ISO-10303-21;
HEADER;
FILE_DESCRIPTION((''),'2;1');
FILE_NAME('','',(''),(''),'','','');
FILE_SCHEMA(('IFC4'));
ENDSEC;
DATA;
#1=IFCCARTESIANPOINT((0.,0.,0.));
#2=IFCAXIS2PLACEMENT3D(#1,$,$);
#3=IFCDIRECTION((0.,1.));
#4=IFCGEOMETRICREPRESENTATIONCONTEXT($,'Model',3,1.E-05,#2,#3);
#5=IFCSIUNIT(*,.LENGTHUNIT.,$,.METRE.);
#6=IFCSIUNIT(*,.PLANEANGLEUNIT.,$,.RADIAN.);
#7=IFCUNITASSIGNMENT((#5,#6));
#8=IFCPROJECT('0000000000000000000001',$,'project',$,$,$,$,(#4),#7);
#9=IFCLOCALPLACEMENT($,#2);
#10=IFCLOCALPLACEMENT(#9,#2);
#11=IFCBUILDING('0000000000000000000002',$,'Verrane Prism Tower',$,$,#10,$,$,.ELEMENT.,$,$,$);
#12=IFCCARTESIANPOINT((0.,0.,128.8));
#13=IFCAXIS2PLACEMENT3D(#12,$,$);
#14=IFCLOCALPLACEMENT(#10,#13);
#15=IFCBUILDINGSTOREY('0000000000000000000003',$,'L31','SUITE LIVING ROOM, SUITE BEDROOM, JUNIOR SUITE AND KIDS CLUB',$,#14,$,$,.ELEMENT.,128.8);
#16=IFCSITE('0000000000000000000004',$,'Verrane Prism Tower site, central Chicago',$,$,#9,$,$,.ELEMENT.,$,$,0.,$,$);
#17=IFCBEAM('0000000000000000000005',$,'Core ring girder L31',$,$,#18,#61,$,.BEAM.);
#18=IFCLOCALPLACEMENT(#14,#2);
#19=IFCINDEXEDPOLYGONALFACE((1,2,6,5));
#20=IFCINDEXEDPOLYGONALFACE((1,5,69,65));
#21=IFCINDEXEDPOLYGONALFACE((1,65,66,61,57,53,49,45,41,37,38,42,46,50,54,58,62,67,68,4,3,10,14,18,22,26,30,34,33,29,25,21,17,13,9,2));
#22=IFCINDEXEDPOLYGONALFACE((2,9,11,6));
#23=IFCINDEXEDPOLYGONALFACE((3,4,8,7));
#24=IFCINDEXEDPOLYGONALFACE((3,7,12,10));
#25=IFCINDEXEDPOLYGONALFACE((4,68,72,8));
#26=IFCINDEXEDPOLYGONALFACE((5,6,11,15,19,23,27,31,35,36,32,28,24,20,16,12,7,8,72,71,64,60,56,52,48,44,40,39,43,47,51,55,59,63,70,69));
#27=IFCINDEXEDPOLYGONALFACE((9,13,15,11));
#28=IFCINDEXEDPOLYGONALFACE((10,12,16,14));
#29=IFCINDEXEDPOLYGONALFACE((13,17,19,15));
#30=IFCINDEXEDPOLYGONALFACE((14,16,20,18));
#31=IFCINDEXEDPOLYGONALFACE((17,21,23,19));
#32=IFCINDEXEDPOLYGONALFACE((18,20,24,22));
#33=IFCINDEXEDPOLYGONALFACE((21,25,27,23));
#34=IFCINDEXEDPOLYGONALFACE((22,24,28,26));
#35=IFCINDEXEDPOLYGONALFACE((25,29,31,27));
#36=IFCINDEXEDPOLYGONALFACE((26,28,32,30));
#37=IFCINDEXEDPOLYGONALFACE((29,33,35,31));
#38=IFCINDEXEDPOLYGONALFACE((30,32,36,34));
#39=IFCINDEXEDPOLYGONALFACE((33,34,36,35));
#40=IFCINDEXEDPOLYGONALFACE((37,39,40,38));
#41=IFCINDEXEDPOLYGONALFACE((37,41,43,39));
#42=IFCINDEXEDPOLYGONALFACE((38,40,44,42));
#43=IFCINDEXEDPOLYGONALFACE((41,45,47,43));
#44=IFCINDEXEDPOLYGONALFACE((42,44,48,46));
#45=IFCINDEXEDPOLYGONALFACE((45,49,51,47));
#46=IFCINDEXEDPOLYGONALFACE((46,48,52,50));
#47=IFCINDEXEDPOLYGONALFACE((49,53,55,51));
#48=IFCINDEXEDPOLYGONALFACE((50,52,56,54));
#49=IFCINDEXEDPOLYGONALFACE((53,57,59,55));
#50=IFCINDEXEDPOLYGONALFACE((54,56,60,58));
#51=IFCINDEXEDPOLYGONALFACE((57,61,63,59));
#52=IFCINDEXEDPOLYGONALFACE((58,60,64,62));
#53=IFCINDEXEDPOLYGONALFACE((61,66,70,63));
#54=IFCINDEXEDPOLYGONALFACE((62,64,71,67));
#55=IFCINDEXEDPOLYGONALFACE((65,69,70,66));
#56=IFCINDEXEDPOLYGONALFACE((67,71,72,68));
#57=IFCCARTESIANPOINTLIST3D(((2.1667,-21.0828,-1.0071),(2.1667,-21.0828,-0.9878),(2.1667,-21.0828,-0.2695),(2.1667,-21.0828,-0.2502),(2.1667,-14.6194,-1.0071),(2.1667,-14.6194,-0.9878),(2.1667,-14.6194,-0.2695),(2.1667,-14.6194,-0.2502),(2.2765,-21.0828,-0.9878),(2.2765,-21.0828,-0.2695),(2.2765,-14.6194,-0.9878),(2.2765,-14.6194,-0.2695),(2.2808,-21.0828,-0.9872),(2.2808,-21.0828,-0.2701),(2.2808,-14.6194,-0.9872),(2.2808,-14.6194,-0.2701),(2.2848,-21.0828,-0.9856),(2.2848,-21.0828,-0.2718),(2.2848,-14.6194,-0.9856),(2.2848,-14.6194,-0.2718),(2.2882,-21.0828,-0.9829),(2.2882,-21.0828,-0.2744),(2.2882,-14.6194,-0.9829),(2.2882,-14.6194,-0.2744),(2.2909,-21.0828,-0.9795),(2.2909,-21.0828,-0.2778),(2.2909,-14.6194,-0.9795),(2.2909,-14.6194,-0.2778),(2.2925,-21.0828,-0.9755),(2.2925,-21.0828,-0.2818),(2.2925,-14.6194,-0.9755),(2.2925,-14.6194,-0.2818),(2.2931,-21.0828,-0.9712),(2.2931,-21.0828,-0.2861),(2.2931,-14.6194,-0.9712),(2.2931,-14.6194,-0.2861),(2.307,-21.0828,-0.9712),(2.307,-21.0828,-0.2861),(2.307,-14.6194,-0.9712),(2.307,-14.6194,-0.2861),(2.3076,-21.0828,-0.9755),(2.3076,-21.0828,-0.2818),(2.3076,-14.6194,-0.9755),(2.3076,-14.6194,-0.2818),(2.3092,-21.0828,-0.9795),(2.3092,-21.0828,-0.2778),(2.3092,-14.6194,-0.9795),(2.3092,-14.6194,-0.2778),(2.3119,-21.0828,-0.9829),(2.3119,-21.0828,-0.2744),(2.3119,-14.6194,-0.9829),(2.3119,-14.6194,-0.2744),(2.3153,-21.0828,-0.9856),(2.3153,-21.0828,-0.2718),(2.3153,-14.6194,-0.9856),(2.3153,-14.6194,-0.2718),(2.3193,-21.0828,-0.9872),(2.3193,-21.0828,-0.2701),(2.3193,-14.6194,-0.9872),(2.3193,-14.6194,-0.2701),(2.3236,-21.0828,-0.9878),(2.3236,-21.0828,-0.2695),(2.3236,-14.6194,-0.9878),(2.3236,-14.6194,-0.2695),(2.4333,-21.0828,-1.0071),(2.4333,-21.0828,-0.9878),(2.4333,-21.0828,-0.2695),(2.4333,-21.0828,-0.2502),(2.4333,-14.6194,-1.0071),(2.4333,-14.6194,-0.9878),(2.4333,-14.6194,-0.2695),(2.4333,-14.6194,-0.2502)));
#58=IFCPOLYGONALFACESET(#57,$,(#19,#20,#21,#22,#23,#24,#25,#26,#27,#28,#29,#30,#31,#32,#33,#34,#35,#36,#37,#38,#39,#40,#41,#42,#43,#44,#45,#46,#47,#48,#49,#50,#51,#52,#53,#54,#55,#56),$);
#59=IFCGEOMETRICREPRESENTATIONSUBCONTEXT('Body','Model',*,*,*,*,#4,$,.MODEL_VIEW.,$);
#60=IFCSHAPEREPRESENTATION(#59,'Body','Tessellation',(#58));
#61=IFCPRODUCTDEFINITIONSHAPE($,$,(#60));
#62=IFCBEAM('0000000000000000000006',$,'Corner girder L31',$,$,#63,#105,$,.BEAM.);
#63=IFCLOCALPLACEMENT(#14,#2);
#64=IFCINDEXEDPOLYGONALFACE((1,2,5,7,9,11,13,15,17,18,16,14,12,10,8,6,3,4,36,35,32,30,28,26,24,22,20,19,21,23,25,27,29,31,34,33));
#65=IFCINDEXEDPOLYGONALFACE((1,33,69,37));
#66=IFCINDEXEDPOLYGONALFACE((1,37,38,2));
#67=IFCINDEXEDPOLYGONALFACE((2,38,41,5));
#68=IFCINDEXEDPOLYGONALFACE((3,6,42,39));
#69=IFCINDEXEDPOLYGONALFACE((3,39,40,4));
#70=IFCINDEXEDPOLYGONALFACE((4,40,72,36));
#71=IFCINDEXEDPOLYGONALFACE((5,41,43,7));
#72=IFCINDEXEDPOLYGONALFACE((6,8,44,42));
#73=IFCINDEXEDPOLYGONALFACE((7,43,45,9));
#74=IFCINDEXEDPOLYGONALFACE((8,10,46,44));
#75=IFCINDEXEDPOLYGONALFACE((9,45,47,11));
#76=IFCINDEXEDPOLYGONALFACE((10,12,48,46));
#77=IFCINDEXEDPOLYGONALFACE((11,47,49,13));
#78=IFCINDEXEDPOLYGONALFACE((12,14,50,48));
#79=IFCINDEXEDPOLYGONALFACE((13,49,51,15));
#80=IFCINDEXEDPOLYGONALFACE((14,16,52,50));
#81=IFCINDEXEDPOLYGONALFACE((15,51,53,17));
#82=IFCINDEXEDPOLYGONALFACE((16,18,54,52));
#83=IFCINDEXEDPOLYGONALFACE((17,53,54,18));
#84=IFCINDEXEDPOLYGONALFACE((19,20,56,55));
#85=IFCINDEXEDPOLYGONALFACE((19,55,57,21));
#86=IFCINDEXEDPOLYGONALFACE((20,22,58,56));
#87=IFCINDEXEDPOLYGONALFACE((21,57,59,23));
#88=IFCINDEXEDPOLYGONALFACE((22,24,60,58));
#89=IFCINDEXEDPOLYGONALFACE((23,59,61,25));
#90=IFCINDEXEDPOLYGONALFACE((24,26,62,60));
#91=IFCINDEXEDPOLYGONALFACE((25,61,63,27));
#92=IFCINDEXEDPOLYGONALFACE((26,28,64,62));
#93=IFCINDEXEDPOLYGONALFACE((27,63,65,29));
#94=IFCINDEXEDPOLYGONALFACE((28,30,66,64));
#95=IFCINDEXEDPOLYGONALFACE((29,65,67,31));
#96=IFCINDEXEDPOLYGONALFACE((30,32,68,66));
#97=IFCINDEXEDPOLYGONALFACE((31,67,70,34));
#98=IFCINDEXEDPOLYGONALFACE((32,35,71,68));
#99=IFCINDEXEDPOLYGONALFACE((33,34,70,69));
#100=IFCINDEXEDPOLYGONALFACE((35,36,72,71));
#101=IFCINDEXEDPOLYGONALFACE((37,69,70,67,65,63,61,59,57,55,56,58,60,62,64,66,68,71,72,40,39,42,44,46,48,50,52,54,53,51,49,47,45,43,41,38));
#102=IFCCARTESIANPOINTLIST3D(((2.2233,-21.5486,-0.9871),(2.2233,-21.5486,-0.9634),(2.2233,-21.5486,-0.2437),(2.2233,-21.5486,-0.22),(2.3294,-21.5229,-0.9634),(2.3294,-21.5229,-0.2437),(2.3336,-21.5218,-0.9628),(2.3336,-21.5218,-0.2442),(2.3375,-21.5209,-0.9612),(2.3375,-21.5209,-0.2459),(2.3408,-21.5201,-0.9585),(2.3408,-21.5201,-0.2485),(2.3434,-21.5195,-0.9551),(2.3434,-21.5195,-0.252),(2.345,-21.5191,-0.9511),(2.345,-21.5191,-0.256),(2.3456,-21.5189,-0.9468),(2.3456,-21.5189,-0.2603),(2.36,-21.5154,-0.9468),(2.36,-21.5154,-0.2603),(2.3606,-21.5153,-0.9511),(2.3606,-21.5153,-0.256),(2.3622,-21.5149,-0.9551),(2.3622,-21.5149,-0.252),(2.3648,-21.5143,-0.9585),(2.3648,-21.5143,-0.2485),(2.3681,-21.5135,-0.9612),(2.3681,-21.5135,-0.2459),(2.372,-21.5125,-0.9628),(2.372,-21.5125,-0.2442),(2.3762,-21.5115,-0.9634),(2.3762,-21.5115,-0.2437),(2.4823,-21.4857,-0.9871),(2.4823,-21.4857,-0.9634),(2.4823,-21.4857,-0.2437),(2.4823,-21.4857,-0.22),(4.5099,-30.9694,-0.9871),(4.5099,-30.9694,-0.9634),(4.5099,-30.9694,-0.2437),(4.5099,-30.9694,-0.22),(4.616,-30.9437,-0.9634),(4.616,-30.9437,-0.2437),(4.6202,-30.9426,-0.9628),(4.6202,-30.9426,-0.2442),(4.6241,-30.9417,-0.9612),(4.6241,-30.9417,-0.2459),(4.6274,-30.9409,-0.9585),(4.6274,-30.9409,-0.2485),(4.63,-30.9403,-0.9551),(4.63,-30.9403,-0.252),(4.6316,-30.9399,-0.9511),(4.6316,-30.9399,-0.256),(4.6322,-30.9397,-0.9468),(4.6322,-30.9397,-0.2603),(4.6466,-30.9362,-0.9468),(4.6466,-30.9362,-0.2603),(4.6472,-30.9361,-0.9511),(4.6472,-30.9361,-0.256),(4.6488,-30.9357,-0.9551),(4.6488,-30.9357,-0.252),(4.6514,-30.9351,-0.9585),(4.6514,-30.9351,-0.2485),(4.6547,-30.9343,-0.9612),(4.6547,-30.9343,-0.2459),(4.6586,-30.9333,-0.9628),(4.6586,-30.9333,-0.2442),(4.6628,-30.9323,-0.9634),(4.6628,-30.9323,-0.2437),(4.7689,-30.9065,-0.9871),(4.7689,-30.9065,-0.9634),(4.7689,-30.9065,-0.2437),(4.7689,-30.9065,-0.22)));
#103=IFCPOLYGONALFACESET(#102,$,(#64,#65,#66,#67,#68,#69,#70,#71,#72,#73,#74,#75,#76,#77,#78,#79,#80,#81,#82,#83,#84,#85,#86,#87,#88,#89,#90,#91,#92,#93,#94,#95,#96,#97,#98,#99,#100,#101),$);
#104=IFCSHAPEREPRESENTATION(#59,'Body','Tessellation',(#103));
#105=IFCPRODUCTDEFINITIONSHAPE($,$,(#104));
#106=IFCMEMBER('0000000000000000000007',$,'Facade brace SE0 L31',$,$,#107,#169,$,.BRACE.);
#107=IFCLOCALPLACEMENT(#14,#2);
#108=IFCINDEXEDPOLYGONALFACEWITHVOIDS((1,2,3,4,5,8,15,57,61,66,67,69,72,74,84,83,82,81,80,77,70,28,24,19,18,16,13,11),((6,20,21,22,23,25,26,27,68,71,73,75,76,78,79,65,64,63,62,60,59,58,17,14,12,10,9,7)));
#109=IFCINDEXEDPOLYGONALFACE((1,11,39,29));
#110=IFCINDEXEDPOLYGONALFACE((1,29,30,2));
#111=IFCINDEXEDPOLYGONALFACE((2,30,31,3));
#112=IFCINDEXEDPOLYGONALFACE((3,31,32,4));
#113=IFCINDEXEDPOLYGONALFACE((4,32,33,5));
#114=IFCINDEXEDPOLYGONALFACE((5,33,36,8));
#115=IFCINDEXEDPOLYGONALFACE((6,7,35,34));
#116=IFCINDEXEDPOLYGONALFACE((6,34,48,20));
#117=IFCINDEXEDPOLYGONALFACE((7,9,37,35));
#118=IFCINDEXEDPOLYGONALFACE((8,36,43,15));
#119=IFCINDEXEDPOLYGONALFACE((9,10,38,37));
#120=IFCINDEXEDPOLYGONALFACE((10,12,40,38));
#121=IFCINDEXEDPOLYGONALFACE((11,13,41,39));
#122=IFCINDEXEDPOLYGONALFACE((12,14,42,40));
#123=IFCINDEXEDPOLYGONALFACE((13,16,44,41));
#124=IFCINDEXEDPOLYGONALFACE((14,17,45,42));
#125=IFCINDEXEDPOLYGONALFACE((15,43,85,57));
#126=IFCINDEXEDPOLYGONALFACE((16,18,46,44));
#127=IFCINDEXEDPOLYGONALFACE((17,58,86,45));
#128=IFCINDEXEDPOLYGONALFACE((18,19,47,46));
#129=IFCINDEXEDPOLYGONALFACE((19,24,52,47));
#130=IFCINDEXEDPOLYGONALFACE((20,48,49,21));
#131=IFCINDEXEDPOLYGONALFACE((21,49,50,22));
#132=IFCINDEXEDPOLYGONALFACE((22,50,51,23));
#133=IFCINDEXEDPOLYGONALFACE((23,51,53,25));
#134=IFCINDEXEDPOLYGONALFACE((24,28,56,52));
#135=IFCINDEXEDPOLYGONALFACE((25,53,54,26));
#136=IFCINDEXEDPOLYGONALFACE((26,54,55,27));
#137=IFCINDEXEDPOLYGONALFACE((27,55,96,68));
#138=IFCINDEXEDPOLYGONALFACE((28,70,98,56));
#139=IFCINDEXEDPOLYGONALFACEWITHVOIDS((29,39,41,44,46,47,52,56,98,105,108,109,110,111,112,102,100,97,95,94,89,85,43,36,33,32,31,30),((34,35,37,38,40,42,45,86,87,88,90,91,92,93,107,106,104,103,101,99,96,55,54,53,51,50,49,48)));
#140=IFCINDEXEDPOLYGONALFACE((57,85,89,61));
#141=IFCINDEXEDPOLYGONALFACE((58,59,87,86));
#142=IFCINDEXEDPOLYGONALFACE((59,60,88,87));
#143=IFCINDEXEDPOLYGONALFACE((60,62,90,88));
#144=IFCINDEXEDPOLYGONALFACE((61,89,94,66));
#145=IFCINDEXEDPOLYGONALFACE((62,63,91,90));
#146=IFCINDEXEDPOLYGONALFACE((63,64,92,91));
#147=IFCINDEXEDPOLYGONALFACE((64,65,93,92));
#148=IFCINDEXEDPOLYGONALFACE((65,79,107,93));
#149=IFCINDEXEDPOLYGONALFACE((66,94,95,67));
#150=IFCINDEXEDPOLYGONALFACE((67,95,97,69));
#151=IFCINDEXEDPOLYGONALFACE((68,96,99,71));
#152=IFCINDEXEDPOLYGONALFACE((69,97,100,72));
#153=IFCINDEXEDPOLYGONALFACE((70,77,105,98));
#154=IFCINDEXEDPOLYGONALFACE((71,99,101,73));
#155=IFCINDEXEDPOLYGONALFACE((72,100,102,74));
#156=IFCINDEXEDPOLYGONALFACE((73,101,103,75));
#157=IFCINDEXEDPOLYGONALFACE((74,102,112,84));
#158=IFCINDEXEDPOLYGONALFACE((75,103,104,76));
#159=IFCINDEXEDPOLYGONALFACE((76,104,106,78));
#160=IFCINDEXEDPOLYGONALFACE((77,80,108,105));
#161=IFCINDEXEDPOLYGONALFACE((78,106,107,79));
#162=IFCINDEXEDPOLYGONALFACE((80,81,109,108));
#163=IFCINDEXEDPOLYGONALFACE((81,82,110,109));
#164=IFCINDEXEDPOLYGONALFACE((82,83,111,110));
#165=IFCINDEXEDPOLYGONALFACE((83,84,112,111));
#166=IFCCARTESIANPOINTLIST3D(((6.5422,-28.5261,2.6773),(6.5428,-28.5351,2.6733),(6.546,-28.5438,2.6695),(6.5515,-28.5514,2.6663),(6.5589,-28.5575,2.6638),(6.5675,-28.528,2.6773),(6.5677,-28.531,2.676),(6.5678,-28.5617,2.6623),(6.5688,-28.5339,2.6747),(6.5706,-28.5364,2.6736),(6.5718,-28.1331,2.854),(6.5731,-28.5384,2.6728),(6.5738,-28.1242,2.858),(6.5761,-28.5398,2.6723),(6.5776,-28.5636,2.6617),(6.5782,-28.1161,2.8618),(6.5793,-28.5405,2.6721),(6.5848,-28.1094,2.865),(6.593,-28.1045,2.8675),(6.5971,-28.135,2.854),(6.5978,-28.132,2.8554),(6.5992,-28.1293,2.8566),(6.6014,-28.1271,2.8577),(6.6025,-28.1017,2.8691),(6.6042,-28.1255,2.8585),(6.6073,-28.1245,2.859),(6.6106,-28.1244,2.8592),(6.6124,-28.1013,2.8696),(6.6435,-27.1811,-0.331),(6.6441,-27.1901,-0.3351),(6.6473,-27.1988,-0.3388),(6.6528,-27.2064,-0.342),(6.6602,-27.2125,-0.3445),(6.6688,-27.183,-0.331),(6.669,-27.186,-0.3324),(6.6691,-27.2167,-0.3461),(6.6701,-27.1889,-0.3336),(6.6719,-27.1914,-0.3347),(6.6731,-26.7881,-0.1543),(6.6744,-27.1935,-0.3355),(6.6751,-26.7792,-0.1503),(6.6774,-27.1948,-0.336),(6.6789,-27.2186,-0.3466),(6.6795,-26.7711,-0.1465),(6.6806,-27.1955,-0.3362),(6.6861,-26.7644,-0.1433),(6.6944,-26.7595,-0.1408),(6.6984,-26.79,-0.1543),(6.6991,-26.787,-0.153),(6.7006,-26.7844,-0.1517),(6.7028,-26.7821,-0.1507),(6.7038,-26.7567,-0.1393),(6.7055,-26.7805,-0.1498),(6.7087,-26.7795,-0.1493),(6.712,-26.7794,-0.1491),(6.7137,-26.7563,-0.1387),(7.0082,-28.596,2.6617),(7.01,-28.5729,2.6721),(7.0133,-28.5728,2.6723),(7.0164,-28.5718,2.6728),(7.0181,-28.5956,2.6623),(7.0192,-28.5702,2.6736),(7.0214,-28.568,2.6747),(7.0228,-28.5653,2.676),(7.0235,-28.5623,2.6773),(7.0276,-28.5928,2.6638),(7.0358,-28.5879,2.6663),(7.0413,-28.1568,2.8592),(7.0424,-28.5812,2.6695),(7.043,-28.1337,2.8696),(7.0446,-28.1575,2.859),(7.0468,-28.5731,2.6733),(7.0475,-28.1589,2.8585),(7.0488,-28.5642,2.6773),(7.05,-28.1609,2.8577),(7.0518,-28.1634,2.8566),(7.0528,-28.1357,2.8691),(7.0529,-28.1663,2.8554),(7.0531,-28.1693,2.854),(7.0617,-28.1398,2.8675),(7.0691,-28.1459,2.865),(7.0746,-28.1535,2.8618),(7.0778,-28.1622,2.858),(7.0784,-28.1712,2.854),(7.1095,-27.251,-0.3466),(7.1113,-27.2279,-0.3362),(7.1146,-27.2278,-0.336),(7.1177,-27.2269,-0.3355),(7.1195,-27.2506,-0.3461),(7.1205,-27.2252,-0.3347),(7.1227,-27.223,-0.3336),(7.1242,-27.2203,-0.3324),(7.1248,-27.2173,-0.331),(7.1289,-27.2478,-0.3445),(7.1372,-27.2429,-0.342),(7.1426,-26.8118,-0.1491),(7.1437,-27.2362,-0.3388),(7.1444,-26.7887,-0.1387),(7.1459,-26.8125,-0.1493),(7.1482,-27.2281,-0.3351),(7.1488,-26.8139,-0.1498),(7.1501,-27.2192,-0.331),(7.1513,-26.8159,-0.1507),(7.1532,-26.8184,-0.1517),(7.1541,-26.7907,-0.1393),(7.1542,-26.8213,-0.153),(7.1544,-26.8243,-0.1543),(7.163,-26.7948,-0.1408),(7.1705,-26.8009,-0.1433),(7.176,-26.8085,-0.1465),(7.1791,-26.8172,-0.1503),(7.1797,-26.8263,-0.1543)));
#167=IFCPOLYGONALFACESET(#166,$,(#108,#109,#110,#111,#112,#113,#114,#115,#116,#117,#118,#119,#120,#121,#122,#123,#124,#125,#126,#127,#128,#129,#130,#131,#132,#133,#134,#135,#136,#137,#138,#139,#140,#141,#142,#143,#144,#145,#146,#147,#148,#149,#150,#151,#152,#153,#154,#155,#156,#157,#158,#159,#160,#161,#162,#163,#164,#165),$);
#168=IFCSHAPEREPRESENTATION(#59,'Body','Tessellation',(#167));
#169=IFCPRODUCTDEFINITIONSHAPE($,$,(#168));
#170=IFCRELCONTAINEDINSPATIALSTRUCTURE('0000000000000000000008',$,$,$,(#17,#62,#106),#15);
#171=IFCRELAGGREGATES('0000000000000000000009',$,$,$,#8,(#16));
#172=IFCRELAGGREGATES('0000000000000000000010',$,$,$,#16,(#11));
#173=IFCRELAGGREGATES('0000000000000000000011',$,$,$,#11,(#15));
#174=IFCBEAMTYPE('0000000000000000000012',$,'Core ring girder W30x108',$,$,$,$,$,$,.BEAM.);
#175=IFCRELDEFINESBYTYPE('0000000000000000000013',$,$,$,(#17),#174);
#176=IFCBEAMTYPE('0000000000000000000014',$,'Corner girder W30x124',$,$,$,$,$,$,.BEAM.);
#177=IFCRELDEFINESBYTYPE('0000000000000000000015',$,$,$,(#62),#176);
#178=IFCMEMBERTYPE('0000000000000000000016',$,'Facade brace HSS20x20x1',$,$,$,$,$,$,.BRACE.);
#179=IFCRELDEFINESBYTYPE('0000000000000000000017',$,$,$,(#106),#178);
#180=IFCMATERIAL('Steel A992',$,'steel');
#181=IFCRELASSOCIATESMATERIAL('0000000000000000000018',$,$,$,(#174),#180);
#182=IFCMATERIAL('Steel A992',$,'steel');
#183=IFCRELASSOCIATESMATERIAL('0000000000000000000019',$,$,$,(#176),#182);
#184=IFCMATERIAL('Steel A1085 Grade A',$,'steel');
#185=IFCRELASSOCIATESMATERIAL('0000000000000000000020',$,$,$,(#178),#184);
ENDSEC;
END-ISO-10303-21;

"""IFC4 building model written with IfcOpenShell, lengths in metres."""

from ifc_helpers import new_model, si_unit, direction, frame, origin, origin_2d, place, context, subcontext, project, spatial, hollow_rectangle, i_section, extrude, material, material_profile, profile_set, type_object, element, save


model = new_model("IFC4")

# Units and contexts
model_context = context("Model", 3, precision=1e-05, world=origin(), true_north=direction((0.0, 1.0)))
body_context = subcontext(model_context, "Body", "Model", "MODEL_VIEW")
ifc_project = project(units=[si_unit("LENGTHUNIT", "METRE"), si_unit("PLANEANGLEUNIT", "RADIAN")], contexts=[model_context])

# Site, building, storey
site_placement = place(None, origin())
site = spatial("IfcSite", under=ifc_project, at=site_placement, Name="Verrane Prism Tower site, central Chicago", CompositionType="ELEMENT", RefElevation=0.0)
building_placement = place(site_placement, origin())
building = spatial("IfcBuilding", under=site, at=building_placement, Name="Verrane Prism Tower", CompositionType="ELEMENT")
storey_placement = place(building_placement, frame((0.0, 0.0, 128.8)))
storey = spatial("IfcBuildingStorey", under=building, at=storey_placement, Name="L31", Description="SUITE LIVING ROOM, SUITE BEDROOM, JUNIOR SUITE AND KIDS CLUB", CompositionType="ELEMENT", Elevation=128.8)

# Beams
ifc_material_1 = material(Name="Steel A992", Category="steel")
ifc_material_profile_1 = material_profile(ifc_material_1, i_section(OverallWidth=0.2666, OverallDepth=0.7568, WebThickness=0.0139, FlangeThickness=0.0193, FilletRadius=0.0166, at=origin_2d()), Name="W30x108")
ifc_profile_set_1 = profile_set([ifc_material_profile_1], Name="Steel A992")
beam_type_1 = type_object("IfcBeamType", Name="Core ring girder W30x108", PredefinedType="BEAM", material=ifc_profile_set_1)
beam_1_placement = place(storey_placement, frame((2.3, -21.0828, -0.6287), z_axis=(0.0, 1.0, 0.0), x_axis=(-1.0, 0.0, 0.0)))
element("IfcBeam", 1, at=beam_1_placement, inside=storey, type_object=beam_type_1, Name="Core ring girder L31", PredefinedType="BEAM", context=body_context, shape_type="SweptSolid", body=[
    extrude(i_section(OverallWidth=0.2666, OverallDepth=0.7568, WebThickness=0.0139, FlangeThickness=0.0193, FilletRadius=0.0166, at=origin_2d()), origin(), (0.0, 0.0, 1.0), 6.4634),
])
ifc_material_2 = material(Name="Steel A992", Category="steel")
ifc_material_profile_2 = material_profile(ifc_material_2, i_section(OverallWidth=0.2666, OverallDepth=0.7671, WebThickness=0.0149, FlangeThickness=0.0237, FilletRadius=0.0166, at=origin_2d()), Name="W30x124")
ifc_profile_set_2 = profile_set([ifc_material_profile_2], Name="Steel A992")
beam_type_2 = type_object("IfcBeamType", Name="Corner girder W30x124", PredefinedType="BEAM", material=ifc_profile_set_2)
beam_2_placement = place(storey_placement, frame((4.6394, -30.938, -0.6035), z_axis=(-0.23587, 0.971785, 0.0), x_axis=(-0.971785, -0.23587, 0.0)))
element("IfcBeam", 2, at=beam_2_placement, inside=storey, type_object=beam_type_2, Name="Corner girder L31", PredefinedType="BEAM", context=body_context, shape_type="SweptSolid", body=[
    extrude(i_section(OverallWidth=0.2666, OverallDepth=0.7671, WebThickness=0.0149, FlangeThickness=0.0237, FilletRadius=0.0166, at=origin_2d()), origin(), (0.0, 0.0, 1.0), 9.6943),
])

# Member
ifc_material_3 = material(Name="Steel A1085 Grade A", Category="steel")
ifc_material_profile_3 = material_profile(ifc_material_3, hollow_rectangle(XDim=0.5081, YDim=0.5081, WallThickness=0.0254, InnerFilletRadius=0.0127, OuterFilletRadius=0.0381, at=origin_2d()), Name="HSS20x20x1")
ifc_profile_set_3 = profile_set([ifc_material_profile_3], Name="Steel A1085 Grade A")
member_type_1 = type_object("IfcMemberType", Name="Facade brace HSS20x20x1", PredefinedType="BRACE", material=ifc_profile_set_3)
member_1_placement = place(storey_placement, frame((6.9116, -27.0037, -0.2427), z_axis=(-0.030732, -0.407959, 0.912483), x_axis=(0.997175, -0.075118, 0.0)))
element("IfcMember", 3, at=member_1_placement, inside=storey, type_object=member_type_1, Name="Facade brace SE0 L31", PredefinedType="BRACE", context=body_context, shape_type="SweptSolid", body=[
    extrude(hollow_rectangle(XDim=0.5081, YDim=0.5081, WallThickness=0.0254, InnerFilletRadius=0.0127, OuterFilletRadius=0.0381, at=origin_2d()), origin(), (0.0, 0.0, 1.0), 3.2969),
])

save(model, "model.ifc")
